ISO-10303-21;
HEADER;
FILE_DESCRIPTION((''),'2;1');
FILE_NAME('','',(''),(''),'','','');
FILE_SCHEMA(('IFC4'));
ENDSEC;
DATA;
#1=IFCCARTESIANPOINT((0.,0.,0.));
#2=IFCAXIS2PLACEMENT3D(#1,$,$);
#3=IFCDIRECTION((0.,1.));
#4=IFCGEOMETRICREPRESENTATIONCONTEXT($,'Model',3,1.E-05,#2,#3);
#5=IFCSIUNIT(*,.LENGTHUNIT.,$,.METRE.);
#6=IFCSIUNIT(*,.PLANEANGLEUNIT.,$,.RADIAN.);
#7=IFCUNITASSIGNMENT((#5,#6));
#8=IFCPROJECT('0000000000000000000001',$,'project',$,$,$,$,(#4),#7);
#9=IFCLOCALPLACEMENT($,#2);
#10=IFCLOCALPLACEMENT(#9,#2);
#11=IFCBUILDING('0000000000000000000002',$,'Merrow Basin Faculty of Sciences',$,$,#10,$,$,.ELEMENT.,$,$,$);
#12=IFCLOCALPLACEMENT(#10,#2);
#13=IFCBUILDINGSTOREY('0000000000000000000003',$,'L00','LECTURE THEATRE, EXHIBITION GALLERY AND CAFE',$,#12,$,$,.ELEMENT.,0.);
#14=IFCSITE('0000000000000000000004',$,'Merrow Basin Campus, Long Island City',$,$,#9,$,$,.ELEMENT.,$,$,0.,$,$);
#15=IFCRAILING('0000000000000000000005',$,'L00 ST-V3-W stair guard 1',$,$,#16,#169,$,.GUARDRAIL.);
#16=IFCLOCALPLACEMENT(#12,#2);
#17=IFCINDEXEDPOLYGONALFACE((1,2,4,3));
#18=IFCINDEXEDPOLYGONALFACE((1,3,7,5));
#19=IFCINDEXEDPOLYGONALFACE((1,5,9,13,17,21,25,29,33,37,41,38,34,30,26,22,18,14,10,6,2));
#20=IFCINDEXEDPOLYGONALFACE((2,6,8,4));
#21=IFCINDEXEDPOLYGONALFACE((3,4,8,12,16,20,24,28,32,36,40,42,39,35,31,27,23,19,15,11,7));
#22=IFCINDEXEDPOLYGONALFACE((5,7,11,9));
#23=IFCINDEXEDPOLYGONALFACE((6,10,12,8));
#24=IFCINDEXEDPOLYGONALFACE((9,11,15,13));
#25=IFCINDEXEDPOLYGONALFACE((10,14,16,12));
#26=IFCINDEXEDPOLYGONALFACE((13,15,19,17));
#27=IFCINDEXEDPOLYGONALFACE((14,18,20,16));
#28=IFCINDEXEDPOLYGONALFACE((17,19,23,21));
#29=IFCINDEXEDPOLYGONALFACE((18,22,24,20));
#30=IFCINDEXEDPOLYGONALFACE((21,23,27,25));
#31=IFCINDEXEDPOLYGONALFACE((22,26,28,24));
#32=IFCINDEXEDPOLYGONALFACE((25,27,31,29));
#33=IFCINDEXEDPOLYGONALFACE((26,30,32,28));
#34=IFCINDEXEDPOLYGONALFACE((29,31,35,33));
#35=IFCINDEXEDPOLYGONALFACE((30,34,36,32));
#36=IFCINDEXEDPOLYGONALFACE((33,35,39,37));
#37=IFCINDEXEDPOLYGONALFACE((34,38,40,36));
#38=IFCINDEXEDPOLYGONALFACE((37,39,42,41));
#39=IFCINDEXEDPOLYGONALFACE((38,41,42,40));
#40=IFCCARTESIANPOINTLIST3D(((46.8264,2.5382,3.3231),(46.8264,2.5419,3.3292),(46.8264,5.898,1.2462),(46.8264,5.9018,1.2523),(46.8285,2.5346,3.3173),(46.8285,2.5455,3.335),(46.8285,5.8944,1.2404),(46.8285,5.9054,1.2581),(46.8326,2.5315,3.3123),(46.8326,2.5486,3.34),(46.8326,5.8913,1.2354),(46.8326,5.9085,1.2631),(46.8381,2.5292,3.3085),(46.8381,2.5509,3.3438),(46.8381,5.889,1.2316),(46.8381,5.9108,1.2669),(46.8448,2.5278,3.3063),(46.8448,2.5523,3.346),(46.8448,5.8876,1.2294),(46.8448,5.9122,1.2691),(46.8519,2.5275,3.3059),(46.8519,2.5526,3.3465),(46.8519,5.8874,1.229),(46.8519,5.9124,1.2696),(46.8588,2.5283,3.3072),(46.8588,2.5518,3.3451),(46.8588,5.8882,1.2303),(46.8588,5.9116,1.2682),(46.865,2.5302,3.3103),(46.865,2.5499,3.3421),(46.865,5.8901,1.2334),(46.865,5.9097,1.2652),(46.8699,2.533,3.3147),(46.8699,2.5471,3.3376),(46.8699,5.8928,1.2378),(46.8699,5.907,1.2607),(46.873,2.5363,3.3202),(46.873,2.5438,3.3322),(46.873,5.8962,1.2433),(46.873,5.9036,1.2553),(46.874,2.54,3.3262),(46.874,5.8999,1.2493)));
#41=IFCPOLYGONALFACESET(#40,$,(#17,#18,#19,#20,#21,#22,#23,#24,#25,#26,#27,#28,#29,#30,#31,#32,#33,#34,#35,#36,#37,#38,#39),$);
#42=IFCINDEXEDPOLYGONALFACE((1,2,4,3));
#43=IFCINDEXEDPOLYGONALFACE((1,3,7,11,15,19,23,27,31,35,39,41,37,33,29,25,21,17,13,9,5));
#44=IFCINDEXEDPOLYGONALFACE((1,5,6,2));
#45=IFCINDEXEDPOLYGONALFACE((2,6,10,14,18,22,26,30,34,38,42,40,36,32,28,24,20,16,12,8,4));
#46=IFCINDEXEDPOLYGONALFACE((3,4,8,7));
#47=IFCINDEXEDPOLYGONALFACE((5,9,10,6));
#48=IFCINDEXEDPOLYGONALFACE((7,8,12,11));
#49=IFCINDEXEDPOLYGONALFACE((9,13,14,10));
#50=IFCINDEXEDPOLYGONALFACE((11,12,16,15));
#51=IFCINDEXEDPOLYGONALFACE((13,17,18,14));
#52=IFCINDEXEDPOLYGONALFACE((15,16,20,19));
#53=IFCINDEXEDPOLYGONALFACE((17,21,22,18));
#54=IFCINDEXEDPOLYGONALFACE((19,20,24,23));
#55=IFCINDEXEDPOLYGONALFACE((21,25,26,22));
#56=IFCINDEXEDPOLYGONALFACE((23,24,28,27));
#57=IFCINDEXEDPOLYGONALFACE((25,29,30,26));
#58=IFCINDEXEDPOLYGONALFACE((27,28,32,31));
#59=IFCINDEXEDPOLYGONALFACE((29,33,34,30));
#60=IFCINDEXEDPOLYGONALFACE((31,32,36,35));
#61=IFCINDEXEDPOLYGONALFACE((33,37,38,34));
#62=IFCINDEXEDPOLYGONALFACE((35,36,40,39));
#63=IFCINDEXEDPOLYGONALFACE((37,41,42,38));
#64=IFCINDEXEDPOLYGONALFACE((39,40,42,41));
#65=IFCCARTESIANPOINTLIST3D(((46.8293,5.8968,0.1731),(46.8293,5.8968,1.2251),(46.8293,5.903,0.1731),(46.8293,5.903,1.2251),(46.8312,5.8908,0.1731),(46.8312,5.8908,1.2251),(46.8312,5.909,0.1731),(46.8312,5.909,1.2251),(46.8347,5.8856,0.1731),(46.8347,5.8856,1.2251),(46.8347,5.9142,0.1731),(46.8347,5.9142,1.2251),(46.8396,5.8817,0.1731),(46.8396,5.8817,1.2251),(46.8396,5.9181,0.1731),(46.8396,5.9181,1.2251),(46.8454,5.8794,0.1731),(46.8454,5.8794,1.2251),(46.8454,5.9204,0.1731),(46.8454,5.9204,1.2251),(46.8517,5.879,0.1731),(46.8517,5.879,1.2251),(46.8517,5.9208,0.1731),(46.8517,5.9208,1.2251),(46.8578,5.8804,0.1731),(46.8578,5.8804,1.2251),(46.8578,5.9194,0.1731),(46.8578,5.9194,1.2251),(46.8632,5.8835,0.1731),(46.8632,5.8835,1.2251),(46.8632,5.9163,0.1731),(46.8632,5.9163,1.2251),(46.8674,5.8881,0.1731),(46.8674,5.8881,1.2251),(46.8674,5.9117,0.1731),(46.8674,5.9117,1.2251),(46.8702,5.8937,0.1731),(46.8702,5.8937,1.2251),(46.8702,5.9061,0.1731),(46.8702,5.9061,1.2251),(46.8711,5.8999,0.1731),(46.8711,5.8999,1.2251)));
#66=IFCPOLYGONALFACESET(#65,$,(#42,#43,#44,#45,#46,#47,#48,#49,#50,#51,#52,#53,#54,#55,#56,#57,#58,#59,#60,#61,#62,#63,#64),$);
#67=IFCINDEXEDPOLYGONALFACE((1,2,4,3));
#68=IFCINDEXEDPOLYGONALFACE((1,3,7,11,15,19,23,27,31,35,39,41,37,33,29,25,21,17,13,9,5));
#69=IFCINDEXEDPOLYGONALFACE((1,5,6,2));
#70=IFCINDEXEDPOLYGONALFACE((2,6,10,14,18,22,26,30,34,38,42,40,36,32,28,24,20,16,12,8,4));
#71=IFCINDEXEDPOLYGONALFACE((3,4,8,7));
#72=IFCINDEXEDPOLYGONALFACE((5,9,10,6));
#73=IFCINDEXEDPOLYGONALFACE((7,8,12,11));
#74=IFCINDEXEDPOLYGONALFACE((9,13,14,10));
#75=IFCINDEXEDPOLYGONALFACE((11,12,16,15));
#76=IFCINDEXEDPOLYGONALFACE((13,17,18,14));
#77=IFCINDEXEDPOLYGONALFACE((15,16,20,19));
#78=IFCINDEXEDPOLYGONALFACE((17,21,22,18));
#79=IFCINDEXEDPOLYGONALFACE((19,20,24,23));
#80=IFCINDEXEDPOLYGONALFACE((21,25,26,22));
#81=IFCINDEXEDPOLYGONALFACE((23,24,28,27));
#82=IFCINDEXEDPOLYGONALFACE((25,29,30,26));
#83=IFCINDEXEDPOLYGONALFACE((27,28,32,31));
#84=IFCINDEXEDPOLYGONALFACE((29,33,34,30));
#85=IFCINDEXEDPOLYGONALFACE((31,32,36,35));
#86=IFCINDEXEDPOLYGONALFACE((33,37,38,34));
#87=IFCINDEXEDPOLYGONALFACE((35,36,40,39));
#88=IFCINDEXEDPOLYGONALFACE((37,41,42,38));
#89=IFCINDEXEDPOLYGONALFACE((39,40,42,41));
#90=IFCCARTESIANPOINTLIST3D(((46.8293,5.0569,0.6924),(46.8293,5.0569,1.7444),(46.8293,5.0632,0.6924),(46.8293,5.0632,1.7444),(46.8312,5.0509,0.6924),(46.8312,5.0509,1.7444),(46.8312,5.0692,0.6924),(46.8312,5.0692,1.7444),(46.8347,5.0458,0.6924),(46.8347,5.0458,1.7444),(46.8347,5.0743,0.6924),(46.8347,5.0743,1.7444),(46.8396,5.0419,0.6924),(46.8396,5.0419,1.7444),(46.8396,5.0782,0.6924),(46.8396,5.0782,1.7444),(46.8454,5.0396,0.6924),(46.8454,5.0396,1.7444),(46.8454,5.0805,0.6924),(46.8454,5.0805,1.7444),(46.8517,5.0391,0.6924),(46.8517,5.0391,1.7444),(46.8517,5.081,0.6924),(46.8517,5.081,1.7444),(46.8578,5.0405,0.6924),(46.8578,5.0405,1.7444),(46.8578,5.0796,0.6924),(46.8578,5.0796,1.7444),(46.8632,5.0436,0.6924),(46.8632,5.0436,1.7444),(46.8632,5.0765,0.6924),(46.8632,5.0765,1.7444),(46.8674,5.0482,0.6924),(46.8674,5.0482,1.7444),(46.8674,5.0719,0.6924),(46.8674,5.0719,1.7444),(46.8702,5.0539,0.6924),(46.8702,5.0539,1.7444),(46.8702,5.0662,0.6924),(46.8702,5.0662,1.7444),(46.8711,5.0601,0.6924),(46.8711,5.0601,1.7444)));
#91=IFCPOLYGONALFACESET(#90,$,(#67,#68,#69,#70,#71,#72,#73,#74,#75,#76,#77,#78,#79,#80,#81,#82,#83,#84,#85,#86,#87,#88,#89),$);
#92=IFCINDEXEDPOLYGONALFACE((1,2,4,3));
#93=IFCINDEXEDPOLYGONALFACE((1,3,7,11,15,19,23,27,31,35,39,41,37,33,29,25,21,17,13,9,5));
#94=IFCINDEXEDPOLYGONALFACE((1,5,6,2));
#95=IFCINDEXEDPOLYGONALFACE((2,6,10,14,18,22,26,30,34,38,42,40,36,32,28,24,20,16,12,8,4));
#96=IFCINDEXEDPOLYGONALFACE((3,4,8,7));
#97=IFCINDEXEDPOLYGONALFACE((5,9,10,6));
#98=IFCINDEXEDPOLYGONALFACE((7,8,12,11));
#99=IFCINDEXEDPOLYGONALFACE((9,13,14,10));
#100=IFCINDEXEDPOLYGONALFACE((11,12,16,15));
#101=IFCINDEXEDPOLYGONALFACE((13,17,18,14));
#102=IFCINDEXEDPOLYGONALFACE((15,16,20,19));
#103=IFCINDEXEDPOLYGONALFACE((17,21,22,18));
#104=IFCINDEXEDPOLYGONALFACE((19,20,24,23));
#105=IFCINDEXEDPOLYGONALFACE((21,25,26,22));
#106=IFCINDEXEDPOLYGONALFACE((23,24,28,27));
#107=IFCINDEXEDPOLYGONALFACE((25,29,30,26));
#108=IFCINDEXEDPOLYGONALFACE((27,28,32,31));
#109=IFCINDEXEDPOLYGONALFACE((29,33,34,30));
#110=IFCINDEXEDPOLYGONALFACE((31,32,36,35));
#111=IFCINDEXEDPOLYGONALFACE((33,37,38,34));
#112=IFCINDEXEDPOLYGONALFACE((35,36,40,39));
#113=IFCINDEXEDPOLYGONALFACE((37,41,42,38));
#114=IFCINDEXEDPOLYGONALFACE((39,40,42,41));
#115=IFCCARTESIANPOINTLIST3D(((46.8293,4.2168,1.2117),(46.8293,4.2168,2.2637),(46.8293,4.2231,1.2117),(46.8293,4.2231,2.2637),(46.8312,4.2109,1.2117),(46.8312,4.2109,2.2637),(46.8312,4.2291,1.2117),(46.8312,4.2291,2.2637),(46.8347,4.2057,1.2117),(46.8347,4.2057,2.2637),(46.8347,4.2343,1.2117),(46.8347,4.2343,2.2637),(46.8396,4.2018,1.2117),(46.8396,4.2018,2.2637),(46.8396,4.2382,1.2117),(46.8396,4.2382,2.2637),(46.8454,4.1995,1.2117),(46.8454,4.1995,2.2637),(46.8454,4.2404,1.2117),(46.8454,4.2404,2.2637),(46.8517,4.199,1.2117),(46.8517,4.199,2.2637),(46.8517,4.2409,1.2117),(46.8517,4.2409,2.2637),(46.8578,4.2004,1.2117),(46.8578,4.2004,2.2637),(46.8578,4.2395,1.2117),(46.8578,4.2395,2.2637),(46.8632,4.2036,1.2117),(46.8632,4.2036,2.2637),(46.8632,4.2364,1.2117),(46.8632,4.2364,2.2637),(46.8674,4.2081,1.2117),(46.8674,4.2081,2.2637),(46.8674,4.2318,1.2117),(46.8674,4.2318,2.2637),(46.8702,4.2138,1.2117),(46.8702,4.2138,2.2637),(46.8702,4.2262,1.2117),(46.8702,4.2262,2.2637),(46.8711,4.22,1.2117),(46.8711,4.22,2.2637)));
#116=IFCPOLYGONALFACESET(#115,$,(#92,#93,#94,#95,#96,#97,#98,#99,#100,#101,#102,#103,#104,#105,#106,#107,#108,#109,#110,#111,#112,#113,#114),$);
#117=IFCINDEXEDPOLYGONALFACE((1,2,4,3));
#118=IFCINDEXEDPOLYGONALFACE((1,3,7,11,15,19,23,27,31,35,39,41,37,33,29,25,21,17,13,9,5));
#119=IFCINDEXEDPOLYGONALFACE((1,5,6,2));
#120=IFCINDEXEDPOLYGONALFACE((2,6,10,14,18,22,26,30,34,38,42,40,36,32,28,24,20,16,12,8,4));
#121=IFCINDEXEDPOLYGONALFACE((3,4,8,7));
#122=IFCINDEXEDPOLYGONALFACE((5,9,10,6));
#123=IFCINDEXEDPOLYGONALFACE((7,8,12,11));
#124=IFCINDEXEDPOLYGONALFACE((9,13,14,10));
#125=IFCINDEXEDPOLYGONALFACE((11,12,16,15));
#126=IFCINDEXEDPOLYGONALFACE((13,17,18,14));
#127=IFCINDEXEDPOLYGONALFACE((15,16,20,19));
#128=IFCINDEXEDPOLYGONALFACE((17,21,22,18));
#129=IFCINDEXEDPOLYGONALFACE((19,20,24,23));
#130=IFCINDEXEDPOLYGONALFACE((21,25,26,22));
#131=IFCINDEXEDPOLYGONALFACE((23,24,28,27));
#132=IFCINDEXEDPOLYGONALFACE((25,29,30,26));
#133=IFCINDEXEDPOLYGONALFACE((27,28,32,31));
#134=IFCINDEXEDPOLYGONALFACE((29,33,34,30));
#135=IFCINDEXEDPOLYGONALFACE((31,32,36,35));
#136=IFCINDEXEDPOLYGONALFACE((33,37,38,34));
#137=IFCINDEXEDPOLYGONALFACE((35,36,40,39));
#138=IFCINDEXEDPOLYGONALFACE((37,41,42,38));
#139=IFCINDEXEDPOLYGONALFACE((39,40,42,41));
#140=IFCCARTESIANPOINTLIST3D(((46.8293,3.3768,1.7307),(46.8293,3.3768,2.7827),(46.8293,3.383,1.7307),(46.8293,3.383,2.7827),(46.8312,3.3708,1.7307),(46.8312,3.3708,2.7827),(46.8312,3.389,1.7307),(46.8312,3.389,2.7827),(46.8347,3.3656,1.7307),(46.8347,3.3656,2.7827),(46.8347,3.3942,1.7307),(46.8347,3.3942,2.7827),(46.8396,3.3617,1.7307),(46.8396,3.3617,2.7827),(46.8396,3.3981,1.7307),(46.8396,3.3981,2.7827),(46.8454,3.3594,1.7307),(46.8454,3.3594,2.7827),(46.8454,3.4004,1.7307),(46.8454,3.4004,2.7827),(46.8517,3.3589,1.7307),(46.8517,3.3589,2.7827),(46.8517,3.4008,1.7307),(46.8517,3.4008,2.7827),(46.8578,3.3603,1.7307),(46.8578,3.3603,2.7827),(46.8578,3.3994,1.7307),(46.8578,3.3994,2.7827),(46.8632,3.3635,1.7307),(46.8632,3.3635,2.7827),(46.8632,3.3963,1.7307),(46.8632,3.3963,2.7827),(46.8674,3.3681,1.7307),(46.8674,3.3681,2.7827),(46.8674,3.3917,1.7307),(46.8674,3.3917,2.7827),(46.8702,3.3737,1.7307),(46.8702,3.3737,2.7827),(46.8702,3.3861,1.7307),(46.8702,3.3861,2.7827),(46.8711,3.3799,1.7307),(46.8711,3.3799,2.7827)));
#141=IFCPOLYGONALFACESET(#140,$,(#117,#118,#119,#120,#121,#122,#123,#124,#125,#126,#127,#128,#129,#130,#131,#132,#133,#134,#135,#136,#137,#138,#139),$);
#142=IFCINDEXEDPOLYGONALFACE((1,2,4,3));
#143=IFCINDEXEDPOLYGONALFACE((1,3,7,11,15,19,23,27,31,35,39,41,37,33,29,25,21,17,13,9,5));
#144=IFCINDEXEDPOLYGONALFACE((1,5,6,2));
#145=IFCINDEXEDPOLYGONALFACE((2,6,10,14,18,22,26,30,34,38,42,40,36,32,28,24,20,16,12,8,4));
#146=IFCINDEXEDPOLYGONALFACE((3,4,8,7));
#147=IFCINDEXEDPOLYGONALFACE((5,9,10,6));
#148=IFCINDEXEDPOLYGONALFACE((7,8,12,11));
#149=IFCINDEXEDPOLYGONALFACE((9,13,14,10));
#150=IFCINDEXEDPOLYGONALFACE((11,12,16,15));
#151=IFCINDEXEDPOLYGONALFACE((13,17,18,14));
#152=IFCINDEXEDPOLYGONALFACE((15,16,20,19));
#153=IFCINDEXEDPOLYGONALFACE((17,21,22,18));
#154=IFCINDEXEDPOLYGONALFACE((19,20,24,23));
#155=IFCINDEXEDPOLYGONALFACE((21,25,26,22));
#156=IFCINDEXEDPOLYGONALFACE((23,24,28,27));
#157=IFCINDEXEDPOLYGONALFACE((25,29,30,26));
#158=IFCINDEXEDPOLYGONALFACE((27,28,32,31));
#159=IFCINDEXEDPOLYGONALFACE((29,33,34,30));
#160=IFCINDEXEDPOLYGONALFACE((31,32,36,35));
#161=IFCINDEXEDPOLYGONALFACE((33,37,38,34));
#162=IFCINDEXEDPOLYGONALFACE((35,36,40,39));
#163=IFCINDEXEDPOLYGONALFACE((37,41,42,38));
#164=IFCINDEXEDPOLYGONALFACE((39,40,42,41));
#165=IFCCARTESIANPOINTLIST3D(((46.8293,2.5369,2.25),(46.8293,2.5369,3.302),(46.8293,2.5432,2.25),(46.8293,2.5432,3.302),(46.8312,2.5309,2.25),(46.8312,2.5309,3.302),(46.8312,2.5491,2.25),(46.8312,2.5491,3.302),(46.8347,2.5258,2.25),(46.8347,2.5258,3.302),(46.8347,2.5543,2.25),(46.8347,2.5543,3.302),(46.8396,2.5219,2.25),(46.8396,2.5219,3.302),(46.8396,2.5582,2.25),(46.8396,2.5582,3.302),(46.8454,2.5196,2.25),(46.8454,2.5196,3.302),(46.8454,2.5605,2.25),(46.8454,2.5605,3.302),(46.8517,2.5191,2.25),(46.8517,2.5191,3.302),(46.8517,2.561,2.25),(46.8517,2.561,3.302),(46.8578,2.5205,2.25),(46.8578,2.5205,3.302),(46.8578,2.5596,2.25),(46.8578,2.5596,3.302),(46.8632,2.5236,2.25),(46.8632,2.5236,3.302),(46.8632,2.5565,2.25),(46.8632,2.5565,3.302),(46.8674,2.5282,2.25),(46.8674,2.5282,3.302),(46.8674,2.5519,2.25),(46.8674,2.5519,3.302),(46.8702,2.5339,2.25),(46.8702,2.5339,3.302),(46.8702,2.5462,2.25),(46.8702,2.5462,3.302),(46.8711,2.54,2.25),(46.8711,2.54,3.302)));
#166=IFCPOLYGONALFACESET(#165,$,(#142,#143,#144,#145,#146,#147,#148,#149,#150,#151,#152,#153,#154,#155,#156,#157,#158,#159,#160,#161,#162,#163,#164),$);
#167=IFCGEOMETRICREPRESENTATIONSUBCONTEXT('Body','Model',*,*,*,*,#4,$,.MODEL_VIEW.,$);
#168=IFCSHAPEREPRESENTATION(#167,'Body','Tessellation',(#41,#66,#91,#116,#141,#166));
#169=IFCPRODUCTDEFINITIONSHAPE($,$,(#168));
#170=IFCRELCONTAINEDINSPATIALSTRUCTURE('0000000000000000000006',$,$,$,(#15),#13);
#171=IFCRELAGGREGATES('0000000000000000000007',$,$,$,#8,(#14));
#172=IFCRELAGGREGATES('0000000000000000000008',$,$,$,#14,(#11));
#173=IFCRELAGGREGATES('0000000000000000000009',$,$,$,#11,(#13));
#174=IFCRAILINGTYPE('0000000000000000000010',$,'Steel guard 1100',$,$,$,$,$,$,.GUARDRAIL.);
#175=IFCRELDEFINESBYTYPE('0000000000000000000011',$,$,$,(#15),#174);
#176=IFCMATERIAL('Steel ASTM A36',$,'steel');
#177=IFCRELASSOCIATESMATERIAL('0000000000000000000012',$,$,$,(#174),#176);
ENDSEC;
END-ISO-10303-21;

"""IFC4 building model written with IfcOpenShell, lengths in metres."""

from ifc_helpers import new_model, si_unit, direction, frame, origin, origin_2d, place, context, subcontext, project, spatial, circle, extrude, material, type_object, element, save


model = new_model("IFC4")

# Units and contexts
model_context = context("Model", 3, precision=1e-05, world=origin(), true_north=direction((0.0, 1.0)))
body_context = subcontext(model_context, "Body", "Model", "MODEL_VIEW")
ifc_project = project(units=[si_unit("LENGTHUNIT", "METRE"), si_unit("PLANEANGLEUNIT", "RADIAN")], contexts=[model_context])

# Site, building, storey
site_placement = place(None, origin())
site = spatial("IfcSite", under=ifc_project, at=site_placement, Name="Merrow Basin Campus, Long Island City", CompositionType="ELEMENT", RefElevation=0.0)
building_placement = place(site_placement, origin())
building = spatial("IfcBuilding", under=site, at=building_placement, Name="Merrow Basin Faculty of Sciences", CompositionType="ELEMENT")
storey_placement = place(building_placement, origin())
storey = spatial("IfcBuildingStorey", under=building, at=storey_placement, Name="L00", Description="LECTURE THEATRE, EXHIBITION GALLERY AND CAFE", CompositionType="ELEMENT", Elevation=0.0)

# Railing
ifc_material_1 = material(Name="Steel ASTM A36", Category="steel")
railing_type_1 = type_object("IfcRailingType", Name="Steel guard 1100", PredefinedType="GUARDRAIL", material=ifc_material_1)
railing_1_placement = place(storey_placement, frame((46.8501, 5.8999, 0.1731)))
element("IfcRailing", 1, at=railing_1_placement, inside=storey, type_object=railing_type_1, Name="L00 ST-V3-W stair guard 1", PredefinedType="GUARDRAIL", context=body_context, shape_type="SweptSolid", body=[
    extrude(circle(Radius=0.0239, at=origin_2d()), frame((0.0, 0.0, 1.0762), z_axis=(0.0, -0.850606, 0.525803), x_axis=(1.0, 0.0, 0.0)), (0.0, 0.0, 1.0), 3.95),
    extrude(circle(Radius=0.021, at=origin_2d()), origin(), (0.0, 0.0, 1.0), 1.052),
    extrude(circle(Radius=0.021, at=origin_2d()), frame((0.0, -0.8398, 0.5193)), (0.0, 0.0, 1.0), 1.052),
    extrude(circle(Radius=0.021, at=origin_2d()), frame((0.0, -1.6799, 1.0386)), (0.0, 0.0, 1.0), 1.052),
    extrude(circle(Radius=0.021, at=origin_2d()), frame((0.0, -2.52, 1.5576)), (0.0, 0.0, 1.0), 1.052),
    extrude(circle(Radius=0.021, at=origin_2d()), frame((0.0, -3.3599, 2.0769)), (0.0, 0.0, 1.0), 1.052),
])

save(model, "model.ifc")
